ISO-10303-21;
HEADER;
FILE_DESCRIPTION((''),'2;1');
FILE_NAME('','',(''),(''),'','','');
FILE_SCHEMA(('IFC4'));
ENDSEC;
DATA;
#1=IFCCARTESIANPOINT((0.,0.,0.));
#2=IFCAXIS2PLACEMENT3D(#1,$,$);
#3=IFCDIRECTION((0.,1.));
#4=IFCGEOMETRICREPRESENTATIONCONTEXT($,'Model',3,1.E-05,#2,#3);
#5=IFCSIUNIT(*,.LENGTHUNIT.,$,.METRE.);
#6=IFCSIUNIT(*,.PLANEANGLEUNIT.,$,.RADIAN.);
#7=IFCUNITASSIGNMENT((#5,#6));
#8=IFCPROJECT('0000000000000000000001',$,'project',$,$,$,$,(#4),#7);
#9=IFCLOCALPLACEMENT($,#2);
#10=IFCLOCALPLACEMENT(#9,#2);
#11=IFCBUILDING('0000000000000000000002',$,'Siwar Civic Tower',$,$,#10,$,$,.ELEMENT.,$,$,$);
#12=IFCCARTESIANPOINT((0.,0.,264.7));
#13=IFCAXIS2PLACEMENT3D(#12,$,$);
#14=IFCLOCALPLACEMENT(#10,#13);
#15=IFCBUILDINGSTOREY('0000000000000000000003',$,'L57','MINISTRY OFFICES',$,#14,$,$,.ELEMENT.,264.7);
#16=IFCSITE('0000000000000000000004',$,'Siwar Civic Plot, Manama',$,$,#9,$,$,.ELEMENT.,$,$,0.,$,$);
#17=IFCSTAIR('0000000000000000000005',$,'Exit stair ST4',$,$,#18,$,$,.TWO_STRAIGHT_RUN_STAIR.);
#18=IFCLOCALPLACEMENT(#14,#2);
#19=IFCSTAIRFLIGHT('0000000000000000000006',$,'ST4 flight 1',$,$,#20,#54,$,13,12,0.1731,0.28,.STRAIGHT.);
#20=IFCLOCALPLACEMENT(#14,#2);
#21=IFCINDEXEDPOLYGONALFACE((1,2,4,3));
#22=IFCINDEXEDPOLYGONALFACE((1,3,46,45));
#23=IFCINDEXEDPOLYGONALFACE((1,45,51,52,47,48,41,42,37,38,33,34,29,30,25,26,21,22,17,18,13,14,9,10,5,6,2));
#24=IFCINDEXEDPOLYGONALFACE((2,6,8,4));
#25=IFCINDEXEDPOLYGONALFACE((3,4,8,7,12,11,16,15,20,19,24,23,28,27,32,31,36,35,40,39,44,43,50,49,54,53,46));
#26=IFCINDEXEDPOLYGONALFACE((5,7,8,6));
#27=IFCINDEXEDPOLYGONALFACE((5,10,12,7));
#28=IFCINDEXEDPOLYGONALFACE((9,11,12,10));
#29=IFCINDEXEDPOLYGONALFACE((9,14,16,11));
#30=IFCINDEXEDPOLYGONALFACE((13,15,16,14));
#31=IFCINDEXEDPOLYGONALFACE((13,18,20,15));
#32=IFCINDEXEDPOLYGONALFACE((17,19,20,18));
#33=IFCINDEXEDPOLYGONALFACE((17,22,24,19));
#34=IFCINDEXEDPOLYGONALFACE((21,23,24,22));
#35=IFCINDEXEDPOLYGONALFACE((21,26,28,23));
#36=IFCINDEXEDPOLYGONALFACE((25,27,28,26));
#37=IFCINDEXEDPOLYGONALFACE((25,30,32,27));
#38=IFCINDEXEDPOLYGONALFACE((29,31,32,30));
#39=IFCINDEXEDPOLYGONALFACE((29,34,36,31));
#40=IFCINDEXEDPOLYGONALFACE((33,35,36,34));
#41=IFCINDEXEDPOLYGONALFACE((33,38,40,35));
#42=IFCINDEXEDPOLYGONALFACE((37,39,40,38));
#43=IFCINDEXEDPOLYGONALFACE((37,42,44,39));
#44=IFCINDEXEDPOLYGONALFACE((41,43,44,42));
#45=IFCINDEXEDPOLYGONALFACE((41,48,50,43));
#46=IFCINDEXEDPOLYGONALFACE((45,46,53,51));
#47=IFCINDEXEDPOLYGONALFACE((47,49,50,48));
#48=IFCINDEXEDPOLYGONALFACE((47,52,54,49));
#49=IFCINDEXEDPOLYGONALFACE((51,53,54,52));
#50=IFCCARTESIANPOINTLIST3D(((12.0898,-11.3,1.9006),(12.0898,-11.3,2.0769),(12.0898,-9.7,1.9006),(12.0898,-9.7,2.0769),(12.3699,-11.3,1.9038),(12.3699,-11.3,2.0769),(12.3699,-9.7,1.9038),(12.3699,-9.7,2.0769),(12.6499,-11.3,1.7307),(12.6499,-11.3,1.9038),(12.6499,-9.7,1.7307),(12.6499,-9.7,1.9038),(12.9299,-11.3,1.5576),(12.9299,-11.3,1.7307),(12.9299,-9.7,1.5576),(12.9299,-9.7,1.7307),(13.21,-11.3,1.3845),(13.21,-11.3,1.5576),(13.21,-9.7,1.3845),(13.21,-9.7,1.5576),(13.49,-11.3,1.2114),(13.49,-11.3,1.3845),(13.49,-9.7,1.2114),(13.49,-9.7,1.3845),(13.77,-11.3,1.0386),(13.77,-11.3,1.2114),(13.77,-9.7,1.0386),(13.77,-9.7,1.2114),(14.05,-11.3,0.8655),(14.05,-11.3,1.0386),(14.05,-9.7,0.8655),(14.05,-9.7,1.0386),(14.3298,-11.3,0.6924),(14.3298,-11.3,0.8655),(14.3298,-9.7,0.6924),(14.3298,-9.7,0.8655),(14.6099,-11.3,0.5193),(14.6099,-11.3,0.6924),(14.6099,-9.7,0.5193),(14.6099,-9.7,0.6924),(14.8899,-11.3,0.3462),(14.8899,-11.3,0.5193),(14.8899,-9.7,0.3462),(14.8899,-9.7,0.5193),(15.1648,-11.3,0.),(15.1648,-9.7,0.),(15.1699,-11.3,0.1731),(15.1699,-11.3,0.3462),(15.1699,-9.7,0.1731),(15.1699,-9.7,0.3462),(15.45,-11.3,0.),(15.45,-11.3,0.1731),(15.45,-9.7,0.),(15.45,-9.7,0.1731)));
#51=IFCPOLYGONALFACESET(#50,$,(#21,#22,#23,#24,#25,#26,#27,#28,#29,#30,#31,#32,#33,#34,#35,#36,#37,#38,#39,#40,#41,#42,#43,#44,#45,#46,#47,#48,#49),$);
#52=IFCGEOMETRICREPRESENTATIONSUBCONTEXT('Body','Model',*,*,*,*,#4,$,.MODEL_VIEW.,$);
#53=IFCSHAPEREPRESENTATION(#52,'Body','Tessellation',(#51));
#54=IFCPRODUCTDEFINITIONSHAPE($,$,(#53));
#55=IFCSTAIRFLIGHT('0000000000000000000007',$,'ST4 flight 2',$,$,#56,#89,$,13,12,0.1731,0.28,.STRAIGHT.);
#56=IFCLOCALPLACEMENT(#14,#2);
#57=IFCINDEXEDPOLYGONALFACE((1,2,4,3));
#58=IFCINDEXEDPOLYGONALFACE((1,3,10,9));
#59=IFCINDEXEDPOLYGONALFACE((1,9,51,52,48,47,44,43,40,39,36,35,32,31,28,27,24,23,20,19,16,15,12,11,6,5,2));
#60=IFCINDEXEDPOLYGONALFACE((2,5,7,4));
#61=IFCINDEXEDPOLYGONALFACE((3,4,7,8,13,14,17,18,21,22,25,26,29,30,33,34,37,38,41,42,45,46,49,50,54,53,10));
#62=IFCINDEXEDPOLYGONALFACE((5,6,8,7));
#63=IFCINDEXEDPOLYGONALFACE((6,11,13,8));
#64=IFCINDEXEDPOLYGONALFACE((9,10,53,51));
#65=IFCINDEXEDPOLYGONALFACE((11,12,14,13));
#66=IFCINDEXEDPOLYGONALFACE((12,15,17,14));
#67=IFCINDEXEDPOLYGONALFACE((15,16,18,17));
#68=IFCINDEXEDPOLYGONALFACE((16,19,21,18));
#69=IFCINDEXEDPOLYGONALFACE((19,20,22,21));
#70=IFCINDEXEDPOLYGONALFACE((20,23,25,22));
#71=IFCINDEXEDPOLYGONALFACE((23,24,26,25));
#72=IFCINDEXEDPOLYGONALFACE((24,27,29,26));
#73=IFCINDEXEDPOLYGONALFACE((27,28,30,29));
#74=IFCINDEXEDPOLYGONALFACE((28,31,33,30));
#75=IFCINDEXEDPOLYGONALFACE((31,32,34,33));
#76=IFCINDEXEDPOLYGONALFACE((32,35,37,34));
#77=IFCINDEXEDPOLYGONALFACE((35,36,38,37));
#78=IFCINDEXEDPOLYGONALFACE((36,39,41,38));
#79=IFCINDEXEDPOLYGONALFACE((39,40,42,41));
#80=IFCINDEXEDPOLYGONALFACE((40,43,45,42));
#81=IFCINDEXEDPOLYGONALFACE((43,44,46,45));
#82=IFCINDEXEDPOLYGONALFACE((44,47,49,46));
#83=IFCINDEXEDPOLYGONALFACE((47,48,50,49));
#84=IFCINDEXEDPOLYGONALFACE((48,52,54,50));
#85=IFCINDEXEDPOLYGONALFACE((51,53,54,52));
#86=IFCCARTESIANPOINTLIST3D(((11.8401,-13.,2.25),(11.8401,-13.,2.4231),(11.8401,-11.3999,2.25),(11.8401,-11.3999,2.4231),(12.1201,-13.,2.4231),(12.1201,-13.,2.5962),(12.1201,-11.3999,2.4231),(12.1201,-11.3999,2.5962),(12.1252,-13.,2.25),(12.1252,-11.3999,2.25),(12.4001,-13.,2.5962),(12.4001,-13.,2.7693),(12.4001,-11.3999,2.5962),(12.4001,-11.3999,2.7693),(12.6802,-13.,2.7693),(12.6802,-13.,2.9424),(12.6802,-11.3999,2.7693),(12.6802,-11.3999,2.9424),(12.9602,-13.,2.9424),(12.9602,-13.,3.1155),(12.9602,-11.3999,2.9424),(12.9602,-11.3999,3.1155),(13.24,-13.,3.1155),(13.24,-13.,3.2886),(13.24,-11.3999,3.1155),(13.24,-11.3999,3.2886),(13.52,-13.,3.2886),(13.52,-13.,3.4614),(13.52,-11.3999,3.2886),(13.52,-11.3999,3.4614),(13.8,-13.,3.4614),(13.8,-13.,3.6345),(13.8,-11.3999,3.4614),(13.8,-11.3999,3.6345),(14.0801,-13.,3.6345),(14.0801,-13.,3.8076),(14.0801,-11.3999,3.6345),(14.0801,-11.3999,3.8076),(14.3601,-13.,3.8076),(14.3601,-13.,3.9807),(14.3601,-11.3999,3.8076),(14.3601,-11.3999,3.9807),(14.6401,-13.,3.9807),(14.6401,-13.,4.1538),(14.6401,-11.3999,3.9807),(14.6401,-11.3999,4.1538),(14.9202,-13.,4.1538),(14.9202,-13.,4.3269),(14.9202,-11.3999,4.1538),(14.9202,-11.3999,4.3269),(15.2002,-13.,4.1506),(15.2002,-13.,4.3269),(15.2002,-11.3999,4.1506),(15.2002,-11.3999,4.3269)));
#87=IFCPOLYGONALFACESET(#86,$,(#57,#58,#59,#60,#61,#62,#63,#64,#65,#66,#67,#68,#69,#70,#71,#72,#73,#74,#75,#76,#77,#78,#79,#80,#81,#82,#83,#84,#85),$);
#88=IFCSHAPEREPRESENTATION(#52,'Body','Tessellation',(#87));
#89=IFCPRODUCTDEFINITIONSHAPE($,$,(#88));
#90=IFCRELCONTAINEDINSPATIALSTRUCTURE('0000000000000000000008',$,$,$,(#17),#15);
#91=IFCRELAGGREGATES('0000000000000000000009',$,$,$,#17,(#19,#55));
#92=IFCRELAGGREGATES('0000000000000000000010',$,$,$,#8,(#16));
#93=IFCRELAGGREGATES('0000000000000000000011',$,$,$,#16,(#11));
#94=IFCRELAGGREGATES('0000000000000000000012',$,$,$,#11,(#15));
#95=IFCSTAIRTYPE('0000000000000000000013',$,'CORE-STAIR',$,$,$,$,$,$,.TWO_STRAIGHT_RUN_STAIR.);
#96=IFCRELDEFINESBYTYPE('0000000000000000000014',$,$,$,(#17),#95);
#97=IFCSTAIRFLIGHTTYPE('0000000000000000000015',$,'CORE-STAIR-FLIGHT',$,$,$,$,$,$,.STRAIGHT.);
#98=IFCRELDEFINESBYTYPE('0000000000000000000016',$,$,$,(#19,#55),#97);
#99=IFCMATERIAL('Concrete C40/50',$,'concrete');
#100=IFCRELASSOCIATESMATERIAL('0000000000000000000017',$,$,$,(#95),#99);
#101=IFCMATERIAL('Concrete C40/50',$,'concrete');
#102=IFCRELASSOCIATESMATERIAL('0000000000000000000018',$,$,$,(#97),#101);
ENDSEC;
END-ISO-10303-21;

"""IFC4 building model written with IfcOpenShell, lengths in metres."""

from ifc_helpers import new_model, si_unit, direction, frame, origin, place, context, subcontext, project, spatial, polyline, outline, extrude, material, type_object, element, aggregate, save


model = new_model("IFC4")

# Units and contexts
model_context = context("Model", 3, precision=1e-05, world=origin(), true_north=direction((0.0, 1.0)))
body_context = subcontext(model_context, "Body", "Model", "MODEL_VIEW")
ifc_project = project(units=[si_unit("LENGTHUNIT", "METRE"), si_unit("PLANEANGLEUNIT", "RADIAN")], contexts=[model_context])

# Site, building, storey
site_placement = place(None, origin())
site = spatial("IfcSite", under=ifc_project, at=site_placement, Name="Siwar Civic Plot, Manama", CompositionType="ELEMENT", RefElevation=0.0)
building_placement = place(site_placement, origin())
building = spatial("IfcBuilding", under=site, at=building_placement, Name="Siwar Civic Tower", CompositionType="ELEMENT")
storey_placement = place(building_placement, frame((0.0, 0.0, 264.7)))
storey = spatial("IfcBuildingStorey", under=building, at=storey_placement, Name="L57", Description="MINISTRY OFFICES", CompositionType="ELEMENT", Elevation=264.7)

# Stair, stair flights
ifc_material_1 = material(Name="Concrete C40/50", Category="concrete")
stair_type = type_object("IfcStairType", Name="CORE-STAIR", PredefinedType="TWO_STRAIGHT_RUN_STAIR", material=ifc_material_1)
stair_placement = place(storey_placement, origin())
stair = element("IfcStair", 1, at=stair_placement, inside=storey, type_object=stair_type, Name="Exit stair ST4", PredefinedType="TWO_STRAIGHT_RUN_STAIR")
ifc_material_2 = material(Name="Concrete C40/50", Category="concrete")
stair_flight_type = type_object("IfcStairFlightType", Name="CORE-STAIR-FLIGHT", PredefinedType="STRAIGHT", material=ifc_material_2)
stair_flight_1_placement = place(storey_placement, frame((15.45, -10.5, 0.0), z_axis=(0.0, 0.0, 1.0), x_axis=(-1.0, 0.0, 0.0)))
stair_flight_1 = element("IfcStairFlight", 2, at=stair_flight_1_placement, type_object=stair_flight_type, Name="ST4 flight 1", NumberOfRisers=13, NumberOfTreads=12, PredefinedType="STRAIGHT", RiserHeight=0.1731, TreadLength=0.28, context=body_context, shape_type="SweptSolid", body=[
    extrude(outline(polyline([(0.0, 0.0), (0.0, 0.1731), (0.28, 0.1731), (0.28, 0.3462), (0.5601, 0.3462), (0.5601, 0.5193), (0.8401, 0.5193), (0.8401, 0.6924), (1.1201, 0.6924), (1.1201, 0.8655), (1.3999, 0.8655), (1.3999, 1.0386), (1.6799, 1.0386), (1.6799, 1.2114), (1.96, 1.2114), (1.96, 1.3845), (2.24, 1.3845), (2.24, 1.5576), (2.52, 1.5576), (2.52, 1.7307), (2.8, 1.7307), (2.8, 1.9038), (3.0801, 1.9038), (3.0801, 2.0769), (3.3601, 2.0769), (3.3601, 2.25), (3.3601, 1.9006), (0.2852, 0.0), (0.0, 0.0)])), frame((0.0, 0.8, 0.0), z_axis=(0.0, -1.0, 0.0), x_axis=(1.0, 0.0, 0.0)), (0.0, 0.0, 1.0), 1.6001),
])
stair_flight_2_placement = place(storey_placement, frame((11.8401, -12.2, 2.25), z_axis=(0.0, 0.0, 1.0), x_axis=(1.0, 0.0, 0.0)))
stair_flight_2 = element("IfcStairFlight", 3, at=stair_flight_2_placement, type_object=stair_flight_type, Name="ST4 flight 2", NumberOfRisers=13, NumberOfTreads=12, PredefinedType="STRAIGHT", RiserHeight=0.1731, TreadLength=0.28, context=body_context, shape_type="SweptSolid", body=[
    extrude(outline(polyline([(0.0, 0.0), (0.0, 0.1731), (0.28, 0.1731), (0.28, 0.3462), (0.5601, 0.3462), (0.5601, 0.5193), (0.8401, 0.5193), (0.8401, 0.6924), (1.1201, 0.6924), (1.1201, 0.8655), (1.3999, 0.8655), (1.3999, 1.0386), (1.6799, 1.0386), (1.6799, 1.2114), (1.96, 1.2114), (1.96, 1.3845), (2.24, 1.3845), (2.24, 1.5576), (2.52, 1.5576), (2.52, 1.7307), (2.8, 1.7307), (2.8, 1.9038), (3.0801, 1.9038), (3.0801, 2.0769), (3.3601, 2.0769), (3.3601, 2.25), (3.3601, 1.9006), (0.2852, 0.0), (0.0, 0.0)])), frame((0.0, 0.8, 0.0), z_axis=(0.0, -1.0, 0.0), x_axis=(1.0, 0.0, 0.0)), (0.0, 0.0, 1.0), 1.6001),
])
aggregate(stair, [stair_flight_1, stair_flight_2])

save(model, "model.ifc")
